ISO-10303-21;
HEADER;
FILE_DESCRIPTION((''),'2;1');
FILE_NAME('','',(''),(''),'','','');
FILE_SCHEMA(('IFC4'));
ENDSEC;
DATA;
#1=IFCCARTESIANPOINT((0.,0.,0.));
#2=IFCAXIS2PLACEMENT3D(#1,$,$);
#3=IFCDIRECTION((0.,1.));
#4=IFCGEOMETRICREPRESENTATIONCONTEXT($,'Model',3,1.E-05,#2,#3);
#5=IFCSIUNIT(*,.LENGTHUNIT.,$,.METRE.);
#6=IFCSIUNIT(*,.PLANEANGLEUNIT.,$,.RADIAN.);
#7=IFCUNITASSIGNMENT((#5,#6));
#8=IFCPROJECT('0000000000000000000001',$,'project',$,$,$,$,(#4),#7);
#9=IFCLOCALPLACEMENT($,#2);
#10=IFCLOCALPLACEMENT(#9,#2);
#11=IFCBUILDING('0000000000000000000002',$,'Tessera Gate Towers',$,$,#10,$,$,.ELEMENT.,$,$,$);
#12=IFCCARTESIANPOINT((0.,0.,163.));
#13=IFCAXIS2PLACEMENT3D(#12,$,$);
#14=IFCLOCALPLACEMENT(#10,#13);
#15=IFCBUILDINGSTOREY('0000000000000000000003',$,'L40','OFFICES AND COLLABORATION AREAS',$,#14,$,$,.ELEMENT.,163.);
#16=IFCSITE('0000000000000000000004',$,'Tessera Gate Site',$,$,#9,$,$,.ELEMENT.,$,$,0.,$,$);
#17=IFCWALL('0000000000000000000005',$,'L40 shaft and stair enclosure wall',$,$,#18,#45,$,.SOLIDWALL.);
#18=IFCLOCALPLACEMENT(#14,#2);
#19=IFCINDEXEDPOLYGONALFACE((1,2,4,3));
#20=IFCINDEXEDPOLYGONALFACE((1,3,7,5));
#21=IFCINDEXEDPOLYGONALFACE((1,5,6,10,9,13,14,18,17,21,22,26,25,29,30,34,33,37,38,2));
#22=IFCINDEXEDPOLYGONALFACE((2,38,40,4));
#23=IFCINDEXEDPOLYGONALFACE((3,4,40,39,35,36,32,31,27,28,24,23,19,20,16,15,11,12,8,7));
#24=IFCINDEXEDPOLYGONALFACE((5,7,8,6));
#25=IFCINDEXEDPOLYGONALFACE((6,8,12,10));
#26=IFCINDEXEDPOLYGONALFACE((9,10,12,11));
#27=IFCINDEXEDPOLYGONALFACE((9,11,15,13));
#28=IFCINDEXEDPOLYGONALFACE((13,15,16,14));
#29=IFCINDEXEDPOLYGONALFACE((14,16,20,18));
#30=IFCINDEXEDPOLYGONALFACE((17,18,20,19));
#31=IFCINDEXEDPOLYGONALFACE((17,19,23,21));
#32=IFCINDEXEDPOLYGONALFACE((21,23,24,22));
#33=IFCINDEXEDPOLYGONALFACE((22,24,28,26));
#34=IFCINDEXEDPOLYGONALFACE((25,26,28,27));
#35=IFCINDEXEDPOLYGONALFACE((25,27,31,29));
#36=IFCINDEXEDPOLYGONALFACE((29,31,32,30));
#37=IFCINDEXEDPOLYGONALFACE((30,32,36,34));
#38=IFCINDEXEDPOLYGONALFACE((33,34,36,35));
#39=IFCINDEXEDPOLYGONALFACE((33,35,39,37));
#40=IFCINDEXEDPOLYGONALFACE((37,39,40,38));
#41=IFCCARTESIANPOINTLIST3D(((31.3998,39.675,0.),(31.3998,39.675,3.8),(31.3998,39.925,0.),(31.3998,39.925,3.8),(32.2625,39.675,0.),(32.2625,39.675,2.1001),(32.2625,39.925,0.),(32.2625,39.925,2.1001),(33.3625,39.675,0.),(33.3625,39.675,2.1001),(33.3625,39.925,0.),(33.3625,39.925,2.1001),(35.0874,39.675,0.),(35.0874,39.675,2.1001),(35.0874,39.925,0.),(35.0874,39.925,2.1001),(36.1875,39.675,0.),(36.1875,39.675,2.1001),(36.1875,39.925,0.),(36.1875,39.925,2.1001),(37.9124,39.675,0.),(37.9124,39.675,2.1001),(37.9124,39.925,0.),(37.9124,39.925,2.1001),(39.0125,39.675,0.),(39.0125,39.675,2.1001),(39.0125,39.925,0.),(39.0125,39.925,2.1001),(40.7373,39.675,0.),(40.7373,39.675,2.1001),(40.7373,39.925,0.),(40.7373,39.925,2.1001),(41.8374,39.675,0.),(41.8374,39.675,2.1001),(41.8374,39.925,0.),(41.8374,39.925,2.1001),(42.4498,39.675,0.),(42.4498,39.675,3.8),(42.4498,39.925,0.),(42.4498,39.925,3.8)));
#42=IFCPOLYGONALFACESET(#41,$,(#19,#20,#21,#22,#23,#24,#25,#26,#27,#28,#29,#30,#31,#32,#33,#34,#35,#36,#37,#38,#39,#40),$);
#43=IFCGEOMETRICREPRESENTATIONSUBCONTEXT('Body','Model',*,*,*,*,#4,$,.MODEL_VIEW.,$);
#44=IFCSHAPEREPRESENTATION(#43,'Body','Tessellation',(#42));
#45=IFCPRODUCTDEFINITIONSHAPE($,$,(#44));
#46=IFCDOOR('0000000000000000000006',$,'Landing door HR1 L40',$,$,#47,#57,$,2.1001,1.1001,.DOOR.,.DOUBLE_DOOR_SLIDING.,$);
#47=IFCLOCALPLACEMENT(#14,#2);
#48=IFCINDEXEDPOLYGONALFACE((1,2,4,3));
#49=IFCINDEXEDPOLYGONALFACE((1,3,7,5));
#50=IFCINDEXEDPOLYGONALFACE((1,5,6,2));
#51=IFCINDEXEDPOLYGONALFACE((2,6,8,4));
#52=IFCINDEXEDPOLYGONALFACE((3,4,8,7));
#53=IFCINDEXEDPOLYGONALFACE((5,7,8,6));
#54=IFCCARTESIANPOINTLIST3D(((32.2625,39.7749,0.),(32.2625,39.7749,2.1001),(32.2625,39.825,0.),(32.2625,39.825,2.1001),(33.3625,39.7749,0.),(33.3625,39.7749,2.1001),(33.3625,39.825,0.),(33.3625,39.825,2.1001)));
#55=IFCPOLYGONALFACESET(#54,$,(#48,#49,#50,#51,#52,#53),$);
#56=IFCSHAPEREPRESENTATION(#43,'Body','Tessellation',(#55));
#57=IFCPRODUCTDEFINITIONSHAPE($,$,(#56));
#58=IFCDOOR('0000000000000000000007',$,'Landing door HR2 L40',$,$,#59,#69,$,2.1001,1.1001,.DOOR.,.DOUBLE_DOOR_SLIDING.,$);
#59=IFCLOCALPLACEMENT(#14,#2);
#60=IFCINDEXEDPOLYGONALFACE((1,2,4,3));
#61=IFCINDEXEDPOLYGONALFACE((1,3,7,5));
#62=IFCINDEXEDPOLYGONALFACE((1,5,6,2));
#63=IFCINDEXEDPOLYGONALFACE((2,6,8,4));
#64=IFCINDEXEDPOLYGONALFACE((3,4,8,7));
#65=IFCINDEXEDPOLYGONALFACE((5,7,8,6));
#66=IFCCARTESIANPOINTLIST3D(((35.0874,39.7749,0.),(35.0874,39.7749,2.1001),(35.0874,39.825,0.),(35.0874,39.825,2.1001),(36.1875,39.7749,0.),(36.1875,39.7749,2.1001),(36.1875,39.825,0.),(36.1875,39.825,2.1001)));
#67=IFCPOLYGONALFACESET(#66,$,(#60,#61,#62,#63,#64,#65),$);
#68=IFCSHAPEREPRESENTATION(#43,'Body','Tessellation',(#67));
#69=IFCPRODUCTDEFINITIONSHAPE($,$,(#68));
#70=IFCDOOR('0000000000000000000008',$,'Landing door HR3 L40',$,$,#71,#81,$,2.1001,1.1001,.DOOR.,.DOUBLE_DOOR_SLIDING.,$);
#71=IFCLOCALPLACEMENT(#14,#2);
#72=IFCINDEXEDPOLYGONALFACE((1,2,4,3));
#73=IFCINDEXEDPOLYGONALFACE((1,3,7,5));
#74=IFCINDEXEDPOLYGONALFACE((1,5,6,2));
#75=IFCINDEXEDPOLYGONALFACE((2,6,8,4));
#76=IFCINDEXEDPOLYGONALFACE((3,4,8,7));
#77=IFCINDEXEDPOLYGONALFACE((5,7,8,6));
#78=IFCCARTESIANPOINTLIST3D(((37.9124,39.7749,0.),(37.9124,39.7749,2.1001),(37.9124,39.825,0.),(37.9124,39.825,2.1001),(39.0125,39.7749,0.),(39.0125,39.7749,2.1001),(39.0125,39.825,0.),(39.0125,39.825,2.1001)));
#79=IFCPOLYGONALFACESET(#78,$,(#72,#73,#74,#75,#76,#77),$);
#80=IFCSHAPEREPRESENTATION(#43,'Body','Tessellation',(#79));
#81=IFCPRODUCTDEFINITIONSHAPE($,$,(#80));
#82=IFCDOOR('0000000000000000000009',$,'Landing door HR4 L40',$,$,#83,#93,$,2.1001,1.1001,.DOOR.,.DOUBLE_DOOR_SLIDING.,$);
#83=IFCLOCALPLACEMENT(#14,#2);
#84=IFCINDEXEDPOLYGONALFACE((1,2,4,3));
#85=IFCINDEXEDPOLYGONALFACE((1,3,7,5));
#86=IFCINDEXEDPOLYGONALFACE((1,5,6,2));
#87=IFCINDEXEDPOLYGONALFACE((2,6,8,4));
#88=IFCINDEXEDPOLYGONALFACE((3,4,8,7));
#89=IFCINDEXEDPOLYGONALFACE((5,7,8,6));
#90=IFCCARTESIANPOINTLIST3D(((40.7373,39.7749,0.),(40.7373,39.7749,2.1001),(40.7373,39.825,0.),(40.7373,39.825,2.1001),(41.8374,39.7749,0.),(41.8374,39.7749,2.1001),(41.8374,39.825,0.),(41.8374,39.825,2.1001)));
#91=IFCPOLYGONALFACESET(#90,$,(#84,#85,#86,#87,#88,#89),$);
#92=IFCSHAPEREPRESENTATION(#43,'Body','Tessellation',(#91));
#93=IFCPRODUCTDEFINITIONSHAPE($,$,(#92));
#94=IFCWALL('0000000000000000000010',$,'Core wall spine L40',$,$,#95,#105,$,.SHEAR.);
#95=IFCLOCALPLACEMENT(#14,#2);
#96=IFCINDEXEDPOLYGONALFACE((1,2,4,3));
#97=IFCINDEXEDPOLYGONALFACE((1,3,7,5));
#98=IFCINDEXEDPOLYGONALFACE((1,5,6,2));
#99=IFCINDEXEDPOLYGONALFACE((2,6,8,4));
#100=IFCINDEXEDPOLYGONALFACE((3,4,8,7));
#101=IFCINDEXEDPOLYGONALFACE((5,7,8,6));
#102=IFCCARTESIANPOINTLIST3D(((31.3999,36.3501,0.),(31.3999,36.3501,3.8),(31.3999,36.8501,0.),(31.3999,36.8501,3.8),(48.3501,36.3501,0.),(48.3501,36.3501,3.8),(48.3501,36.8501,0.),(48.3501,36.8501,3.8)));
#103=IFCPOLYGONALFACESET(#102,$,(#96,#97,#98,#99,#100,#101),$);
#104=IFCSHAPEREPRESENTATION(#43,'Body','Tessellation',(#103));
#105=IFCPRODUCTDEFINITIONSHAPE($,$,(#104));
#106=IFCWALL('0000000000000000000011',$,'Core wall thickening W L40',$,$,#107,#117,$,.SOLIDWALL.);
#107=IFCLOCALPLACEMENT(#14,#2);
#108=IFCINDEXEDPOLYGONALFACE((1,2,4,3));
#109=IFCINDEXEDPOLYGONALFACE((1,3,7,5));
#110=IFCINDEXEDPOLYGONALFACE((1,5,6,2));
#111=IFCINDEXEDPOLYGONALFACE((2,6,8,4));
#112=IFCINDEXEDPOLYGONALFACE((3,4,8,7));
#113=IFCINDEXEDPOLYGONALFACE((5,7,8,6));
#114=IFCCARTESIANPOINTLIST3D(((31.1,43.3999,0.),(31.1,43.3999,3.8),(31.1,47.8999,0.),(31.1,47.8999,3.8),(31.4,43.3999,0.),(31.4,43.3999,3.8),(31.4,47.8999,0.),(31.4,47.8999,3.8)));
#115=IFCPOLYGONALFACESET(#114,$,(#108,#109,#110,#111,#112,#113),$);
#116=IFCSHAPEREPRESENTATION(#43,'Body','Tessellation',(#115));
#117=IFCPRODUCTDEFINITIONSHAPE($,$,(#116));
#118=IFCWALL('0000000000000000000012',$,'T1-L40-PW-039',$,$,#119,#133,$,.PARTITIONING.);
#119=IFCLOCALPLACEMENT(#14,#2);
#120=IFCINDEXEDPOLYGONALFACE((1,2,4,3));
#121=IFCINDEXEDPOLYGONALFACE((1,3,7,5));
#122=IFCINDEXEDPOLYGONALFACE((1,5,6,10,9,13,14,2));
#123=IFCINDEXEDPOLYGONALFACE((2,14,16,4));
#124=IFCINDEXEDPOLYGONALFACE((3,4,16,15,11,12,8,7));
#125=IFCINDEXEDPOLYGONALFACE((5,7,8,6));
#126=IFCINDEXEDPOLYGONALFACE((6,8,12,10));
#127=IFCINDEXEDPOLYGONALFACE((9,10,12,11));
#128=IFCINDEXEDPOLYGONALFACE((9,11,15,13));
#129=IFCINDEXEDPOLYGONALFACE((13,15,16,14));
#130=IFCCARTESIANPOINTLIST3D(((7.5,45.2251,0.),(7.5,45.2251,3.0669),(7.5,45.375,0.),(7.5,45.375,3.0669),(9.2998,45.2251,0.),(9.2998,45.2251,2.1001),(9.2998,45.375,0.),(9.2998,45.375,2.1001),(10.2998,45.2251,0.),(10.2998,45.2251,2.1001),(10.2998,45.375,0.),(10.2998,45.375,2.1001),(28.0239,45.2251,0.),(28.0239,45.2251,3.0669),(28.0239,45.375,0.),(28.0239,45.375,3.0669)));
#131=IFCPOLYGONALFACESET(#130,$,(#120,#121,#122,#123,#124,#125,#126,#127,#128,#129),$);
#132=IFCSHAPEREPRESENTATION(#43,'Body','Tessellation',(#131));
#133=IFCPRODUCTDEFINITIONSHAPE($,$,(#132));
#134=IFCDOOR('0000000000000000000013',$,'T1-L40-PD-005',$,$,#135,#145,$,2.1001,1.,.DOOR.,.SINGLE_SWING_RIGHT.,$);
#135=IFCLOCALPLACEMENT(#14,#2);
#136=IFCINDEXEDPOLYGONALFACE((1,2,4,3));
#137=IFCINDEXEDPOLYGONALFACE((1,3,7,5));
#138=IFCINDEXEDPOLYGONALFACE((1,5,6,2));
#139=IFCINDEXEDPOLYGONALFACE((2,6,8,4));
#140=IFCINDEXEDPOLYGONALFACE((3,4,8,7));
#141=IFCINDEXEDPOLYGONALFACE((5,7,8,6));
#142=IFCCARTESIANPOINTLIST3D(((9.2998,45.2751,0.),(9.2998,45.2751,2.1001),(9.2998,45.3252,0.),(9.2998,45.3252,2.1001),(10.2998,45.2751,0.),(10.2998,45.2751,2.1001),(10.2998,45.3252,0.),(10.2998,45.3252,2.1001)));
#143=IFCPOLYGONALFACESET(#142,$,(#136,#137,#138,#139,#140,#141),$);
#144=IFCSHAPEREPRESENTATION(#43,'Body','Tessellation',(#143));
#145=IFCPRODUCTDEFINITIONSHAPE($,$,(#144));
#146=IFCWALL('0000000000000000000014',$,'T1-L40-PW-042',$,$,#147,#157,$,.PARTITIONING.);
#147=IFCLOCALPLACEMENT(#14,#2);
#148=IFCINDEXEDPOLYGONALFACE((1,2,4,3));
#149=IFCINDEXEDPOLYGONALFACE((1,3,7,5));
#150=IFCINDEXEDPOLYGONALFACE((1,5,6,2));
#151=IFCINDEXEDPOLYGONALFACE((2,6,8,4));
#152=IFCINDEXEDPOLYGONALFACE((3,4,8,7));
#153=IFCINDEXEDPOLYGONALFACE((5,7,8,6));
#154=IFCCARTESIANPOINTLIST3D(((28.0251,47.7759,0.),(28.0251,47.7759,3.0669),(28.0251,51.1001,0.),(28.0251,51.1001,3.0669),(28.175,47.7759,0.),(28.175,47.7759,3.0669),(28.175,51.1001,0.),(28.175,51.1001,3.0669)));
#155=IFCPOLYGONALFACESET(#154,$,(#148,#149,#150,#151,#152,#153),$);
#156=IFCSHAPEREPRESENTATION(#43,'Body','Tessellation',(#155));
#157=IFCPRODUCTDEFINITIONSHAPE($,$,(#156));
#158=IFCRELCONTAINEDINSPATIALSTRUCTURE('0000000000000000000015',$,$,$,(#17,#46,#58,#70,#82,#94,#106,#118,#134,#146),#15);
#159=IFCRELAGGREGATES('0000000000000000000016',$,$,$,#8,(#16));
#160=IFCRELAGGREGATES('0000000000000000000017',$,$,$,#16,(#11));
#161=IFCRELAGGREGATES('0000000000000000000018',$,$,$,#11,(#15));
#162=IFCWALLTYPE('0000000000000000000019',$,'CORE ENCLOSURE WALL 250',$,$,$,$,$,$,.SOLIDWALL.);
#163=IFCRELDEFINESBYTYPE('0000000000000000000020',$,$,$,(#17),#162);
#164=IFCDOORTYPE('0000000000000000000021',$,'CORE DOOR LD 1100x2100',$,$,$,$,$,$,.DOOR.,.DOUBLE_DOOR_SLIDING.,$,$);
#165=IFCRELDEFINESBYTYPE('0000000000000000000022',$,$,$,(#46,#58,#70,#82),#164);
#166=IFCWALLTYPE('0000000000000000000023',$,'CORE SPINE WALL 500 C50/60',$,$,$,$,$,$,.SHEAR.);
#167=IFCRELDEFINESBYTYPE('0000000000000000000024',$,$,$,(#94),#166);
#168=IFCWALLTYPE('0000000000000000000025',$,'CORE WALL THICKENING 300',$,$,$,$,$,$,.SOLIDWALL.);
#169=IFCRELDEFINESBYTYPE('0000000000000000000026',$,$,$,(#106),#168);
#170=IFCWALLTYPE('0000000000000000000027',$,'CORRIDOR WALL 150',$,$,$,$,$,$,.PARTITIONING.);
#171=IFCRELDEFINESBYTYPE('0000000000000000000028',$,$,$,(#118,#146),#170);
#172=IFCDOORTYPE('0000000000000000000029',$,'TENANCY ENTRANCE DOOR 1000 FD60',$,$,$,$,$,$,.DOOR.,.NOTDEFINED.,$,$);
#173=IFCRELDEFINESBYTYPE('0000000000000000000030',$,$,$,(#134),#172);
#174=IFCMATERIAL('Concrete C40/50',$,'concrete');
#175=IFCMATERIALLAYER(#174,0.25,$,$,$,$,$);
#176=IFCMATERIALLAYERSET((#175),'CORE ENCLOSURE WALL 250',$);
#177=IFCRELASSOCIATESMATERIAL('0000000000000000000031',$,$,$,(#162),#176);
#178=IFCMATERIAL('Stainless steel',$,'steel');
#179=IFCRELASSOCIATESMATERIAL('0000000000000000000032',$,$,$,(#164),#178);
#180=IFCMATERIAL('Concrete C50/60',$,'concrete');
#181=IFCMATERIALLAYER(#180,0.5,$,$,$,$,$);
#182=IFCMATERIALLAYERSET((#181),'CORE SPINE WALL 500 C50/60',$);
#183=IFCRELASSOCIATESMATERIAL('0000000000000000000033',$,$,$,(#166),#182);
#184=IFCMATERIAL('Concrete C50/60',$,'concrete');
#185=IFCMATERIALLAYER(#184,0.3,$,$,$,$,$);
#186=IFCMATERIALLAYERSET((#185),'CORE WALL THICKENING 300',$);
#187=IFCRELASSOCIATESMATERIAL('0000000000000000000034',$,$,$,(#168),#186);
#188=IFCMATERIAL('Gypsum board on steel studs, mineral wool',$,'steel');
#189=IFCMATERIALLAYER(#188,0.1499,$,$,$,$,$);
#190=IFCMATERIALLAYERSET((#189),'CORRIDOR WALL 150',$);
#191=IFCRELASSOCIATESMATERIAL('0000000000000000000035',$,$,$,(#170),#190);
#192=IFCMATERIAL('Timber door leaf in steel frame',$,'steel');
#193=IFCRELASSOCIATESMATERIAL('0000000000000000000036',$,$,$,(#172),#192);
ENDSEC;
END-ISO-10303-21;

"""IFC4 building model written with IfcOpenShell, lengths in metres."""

from ifc_helpers import new_model, si_unit, direction, frame, frame_2d, origin, place, context, subcontext, project, spatial, rectangle, extrude, source, transform, mapped, material, layer, layer_set, type_object, element, fill, save


model = new_model("IFC4")

# Units and contexts
model_context = context("Model", 3, precision=1e-05, world=origin(), true_north=direction((0.0, 1.0)))
body_context = subcontext(model_context, "Body", "Model", "MODEL_VIEW")
ifc_project = project(units=[si_unit("LENGTHUNIT", "METRE"), si_unit("PLANEANGLEUNIT", "RADIAN")], contexts=[model_context])

# Site, building, storey
site_placement = place(None, origin())
site = spatial("IfcSite", under=ifc_project, at=site_placement, Name="Tessera Gate Site", CompositionType="ELEMENT", RefElevation=0.0)
building_placement = place(site_placement, origin())
building = spatial("IfcBuilding", under=site, at=building_placement, Name="Tessera Gate Towers", CompositionType="ELEMENT")
storey_placement = place(building_placement, frame((0.0, 0.0, 163.0)))
storey = spatial("IfcBuildingStorey", under=building, at=storey_placement, Name="L40", Description="OFFICES AND COLLABORATION AREAS", CompositionType="ELEMENT", Elevation=163.0)

# Wall, openings, doors
ifc_material_1 = material(Name="Concrete C40/50", Category="concrete")
ifc_layer_1 = layer(ifc_material_1, 0.25)
ifc_layer_set_1 = layer_set([ifc_layer_1], Name="CORE ENCLOSURE WALL 250")
wall_type_1 = type_object("IfcWallType", Name="CORE ENCLOSURE WALL 250", PredefinedType="SOLIDWALL", material=ifc_layer_set_1)
wall_1_placement = place(storey_placement, frame((31.3999, 39.8, 0.0), z_axis=(0.0, 0.0, 1.0), x_axis=(1.0, 0.0, 0.0)))
wall_1 = element("IfcWall", 1, at=wall_1_placement, inside=storey, type_object=wall_type_1, Name="L40 shaft and stair enclosure wall", PredefinedType="SOLIDWALL", context=body_context, shape_type="SweptSolid", body=[
    extrude(rectangle(XDim=11.05, YDim=0.25, at=frame_2d((5.5249, 0.0))), origin(), (0.0, 0.0, 1.0), 3.8),
])
shared_shape_1 = source(origin(), body_context, "Body", "SweptSolid", [
    extrude(rectangle(XDim=1.1001, YDim=2.1001, at=frame_2d((0.55, 1.05))), frame((0.0, 0.135, 0.0), z_axis=(0.0, -1.0, 0.0), x_axis=(1.0, 0.0, 0.0)), (0.0, 0.0, 1.0), 0.27),
])
opening_1_placement = place(wall_1_placement, frame((0.8625, 0.0, 0.0)))
opening_1 = element("IfcOpeningElement", 2, at=opening_1_placement, cuts=wall_1, PredefinedType="OPENING", context=body_context, shape_type="MappedRepresentation", body=[
    mapped(shared_shape_1, transform((0.0, 0.0, 0.0), scale=1.0)),
])
opening_2_placement = place(wall_1_placement, frame((3.6875, 0.0, 0.0)))
opening_2 = element("IfcOpeningElement", 3, at=opening_2_placement, cuts=wall_1, PredefinedType="OPENING", context=body_context, shape_type="MappedRepresentation", body=[
    mapped(shared_shape_1, transform((0.0, 0.0, 0.0), scale=1.0)),
])
opening_3_placement = place(wall_1_placement, frame((6.5125, 0.0, 0.0)))
opening_3 = element("IfcOpeningElement", 4, at=opening_3_placement, cuts=wall_1, PredefinedType="OPENING", context=body_context, shape_type="MappedRepresentation", body=[
    mapped(shared_shape_1, transform((0.0, 0.0, 0.0), scale=1.0)),
])
opening_4_placement = place(wall_1_placement, frame((9.3374, 0.0, 0.0)))
opening_4 = element("IfcOpeningElement", 5, at=opening_4_placement, cuts=wall_1, PredefinedType="OPENING", context=body_context, shape_type="MappedRepresentation", body=[
    mapped(shared_shape_1, transform((0.0, 0.0, 0.0), scale=1.0)),
])
ifc_material_2 = material(Name="Stainless steel", Category="steel")
door_type_1 = type_object("IfcDoorType", Name="CORE DOOR LD 1100x2100", OperationType="DOUBLE_DOOR_SLIDING", PredefinedType="DOOR", material=ifc_material_2)
shared_shape_2 = source(origin(), body_context, "Body", "SweptSolid", [
    extrude(rectangle(XDim=1.1001, YDim=2.1001, at=frame_2d((0.55, 1.05))), frame((0.0, 0.0249, 0.0), z_axis=(0.0, -1.0, 0.0), x_axis=(1.0, 0.0, 0.0)), (0.0, 0.0, 1.0), 0.05),
])
door_1_placement = place(opening_1_placement, origin())
door_1 = element("IfcDoor", 6, at=door_1_placement, inside=storey, type_object=door_type_1, Name="Landing door HR1 L40", OperationType="DOUBLE_DOOR_SLIDING", OverallHeight=2.1001, OverallWidth=1.1001, PredefinedType="DOOR", context=body_context, shape_type="MappedRepresentation", body=[
    mapped(shared_shape_2, transform((0.0, 0.0, 0.0), scale=1.0)),
])
fill(opening_1, door_1)
door_2_placement = place(opening_2_placement, origin())
door_2 = element("IfcDoor", 7, at=door_2_placement, inside=storey, type_object=door_type_1, Name="Landing door HR2 L40", OperationType="DOUBLE_DOOR_SLIDING", OverallHeight=2.1001, OverallWidth=1.1001, PredefinedType="DOOR", context=body_context, shape_type="MappedRepresentation", body=[
    mapped(shared_shape_2, transform((0.0, 0.0, 0.0), scale=1.0)),
])
fill(opening_2, door_2)
door_3_placement = place(opening_3_placement, origin())
door_3 = element("IfcDoor", 8, at=door_3_placement, inside=storey, type_object=door_type_1, Name="Landing door HR3 L40", OperationType="DOUBLE_DOOR_SLIDING", OverallHeight=2.1001, OverallWidth=1.1001, PredefinedType="DOOR", context=body_context, shape_type="MappedRepresentation", body=[
    mapped(shared_shape_2, transform((0.0, 0.0, 0.0), scale=1.0)),
])
fill(opening_3, door_3)
door_4_placement = place(opening_4_placement, origin())
door_4 = element("IfcDoor", 9, at=door_4_placement, inside=storey, type_object=door_type_1, Name="Landing door HR4 L40", OperationType="DOUBLE_DOOR_SLIDING", OverallHeight=2.1001, OverallWidth=1.1001, PredefinedType="DOOR", context=body_context, shape_type="MappedRepresentation", body=[
    mapped(shared_shape_2, transform((0.0, 0.0, 0.0), scale=1.0)),
])
fill(opening_4, door_4)

# Walls
ifc_material_3 = material(Name="Concrete C50/60", Category="concrete")
ifc_layer_2 = layer(ifc_material_3, 0.5)
ifc_layer_set_2 = layer_set([ifc_layer_2], Name="CORE SPINE WALL 500 C50/60")
wall_type_2 = type_object("IfcWallType", Name="CORE SPINE WALL 500 C50/60", PredefinedType="SHEAR", material=ifc_layer_set_2)
wall_2_placement = place(storey_placement, frame((31.3999, 36.6001, 0.0), z_axis=(0.0, 0.0, 1.0), x_axis=(1.0, 0.0, 0.0)))
element("IfcWall", 10, at=wall_2_placement, inside=storey, type_object=wall_type_2, Name="Core wall spine L40", PredefinedType="SHEAR", context=body_context, shape_type="SweptSolid", body=[
    extrude(rectangle(XDim=16.9502, YDim=0.5, at=frame_2d((8.4751, 0.0))), origin(), (0.0, 0.0, 1.0), 3.8),
])
ifc_material_4 = material(Name="Concrete C50/60", Category="concrete")
ifc_layer_3 = layer(ifc_material_4, 0.3)
ifc_layer_set_3 = layer_set([ifc_layer_3], Name="CORE WALL THICKENING 300")
wall_type_3 = type_object("IfcWallType", Name="CORE WALL THICKENING 300", PredefinedType="SOLIDWALL", material=ifc_layer_set_3)
wall_3_placement = place(storey_placement, frame((31.25, 43.3999, 0.0), z_axis=(0.0, 0.0, 1.0), x_axis=(0.0, 1.0, 0.0)))
element("IfcWall", 11, at=wall_3_placement, inside=storey, type_object=wall_type_3, Name="Core wall thickening W L40", PredefinedType="SOLIDWALL", context=body_context, shape_type="SweptSolid", body=[
    extrude(rectangle(XDim=4.5, YDim=0.3, at=frame_2d((2.25, 0.0))), origin(), (0.0, 0.0, 1.0), 3.8),
])

# Wall, opening, door
ifc_material_5 = material(Name="Gypsum board on steel studs, mineral wool", Category="steel")
ifc_layer_4 = layer(ifc_material_5, 0.1499)
ifc_layer_set_4 = layer_set([ifc_layer_4], Name="CORRIDOR WALL 150")
wall_type_4 = type_object("IfcWallType", Name="CORRIDOR WALL 150", PredefinedType="PARTITIONING", material=ifc_layer_set_4)
wall_4_placement = place(storey_placement, frame((28.0239, 45.3, 0.0), z_axis=(0.0, 0.0, 1.0), x_axis=(-1.0, 0.0, 0.0)))
wall_4 = element("IfcWall", 12, at=wall_4_placement, inside=storey, type_object=wall_type_4, Name="T1-L40-PW-039", PredefinedType="PARTITIONING", context=body_context, shape_type="SweptSolid", body=[
    extrude(rectangle(XDim=20.5239, YDim=0.1499, at=frame_2d((10.262, 0.0))), origin(), (0.0, 0.0, 1.0), 3.0669),
])
shared_shape_3 = source(origin(), body_context, "Body", "SweptSolid", [
    extrude(rectangle(XDim=1.0, YDim=2.1001, at=frame_2d((0.5, 1.05))), frame((0.0, 0.085, 0.0), z_axis=(0.0, -1.0, 0.0), x_axis=(1.0, 0.0, 0.0)), (0.0, 0.0, 1.0), 0.1699),
])
opening_5_placement = place(wall_4_placement, frame((17.7241, 0.0, 0.0)))
opening_5 = element("IfcOpeningElement", 13, at=opening_5_placement, cuts=wall_4, PredefinedType="OPENING", context=body_context, shape_type="MappedRepresentation", body=[
    mapped(shared_shape_3, transform((0.0, 0.0, 0.0), scale=1.0)),
])
ifc_material_6 = material(Name="Timber door leaf in steel frame", Category="steel")
door_type_2 = type_object("IfcDoorType", Name="TENANCY ENTRANCE DOOR 1000 FD60", OperationType="NOTDEFINED", PredefinedType="DOOR", material=ifc_material_6)
shared_shape_4 = source(origin(), body_context, "Body", "SweptSolid", [
    extrude(rectangle(XDim=1.0, YDim=2.1001, at=frame_2d((0.5, 1.05))), frame((0.0, 0.0249, 0.0), z_axis=(0.0, -1.0, 0.0), x_axis=(1.0, 0.0, 0.0)), (0.0, 0.0, 1.0), 0.05),
])
door_5_placement = place(opening_5_placement, origin())
door_5 = element("IfcDoor", 14, at=door_5_placement, inside=storey, type_object=door_type_2, Name="T1-L40-PD-005", OperationType="SINGLE_SWING_RIGHT", OverallHeight=2.1001, OverallWidth=1.0, PredefinedType="DOOR", context=body_context, shape_type="MappedRepresentation", body=[
    mapped(shared_shape_4, transform((0.0, 0.0, 0.0), scale=1.0)),
])
fill(opening_5, door_5)

# Wall
wall_5_placement = place(storey_placement, frame((28.1001, 47.7759, 0.0), z_axis=(0.0, 0.0, 1.0), x_axis=(0.0, 1.0, 0.0)))
element("IfcWall", 15, at=wall_5_placement, inside=storey, type_object=wall_type_4, Name="T1-L40-PW-042", PredefinedType="PARTITIONING", context=body_context, shape_type="SweptSolid", body=[
    extrude(rectangle(XDim=3.3242, YDim=0.1499, at=frame_2d((1.6621, 0.0))), origin(), (0.0, 0.0, 1.0), 3.0669),
])

save(model, "model.ifc")
